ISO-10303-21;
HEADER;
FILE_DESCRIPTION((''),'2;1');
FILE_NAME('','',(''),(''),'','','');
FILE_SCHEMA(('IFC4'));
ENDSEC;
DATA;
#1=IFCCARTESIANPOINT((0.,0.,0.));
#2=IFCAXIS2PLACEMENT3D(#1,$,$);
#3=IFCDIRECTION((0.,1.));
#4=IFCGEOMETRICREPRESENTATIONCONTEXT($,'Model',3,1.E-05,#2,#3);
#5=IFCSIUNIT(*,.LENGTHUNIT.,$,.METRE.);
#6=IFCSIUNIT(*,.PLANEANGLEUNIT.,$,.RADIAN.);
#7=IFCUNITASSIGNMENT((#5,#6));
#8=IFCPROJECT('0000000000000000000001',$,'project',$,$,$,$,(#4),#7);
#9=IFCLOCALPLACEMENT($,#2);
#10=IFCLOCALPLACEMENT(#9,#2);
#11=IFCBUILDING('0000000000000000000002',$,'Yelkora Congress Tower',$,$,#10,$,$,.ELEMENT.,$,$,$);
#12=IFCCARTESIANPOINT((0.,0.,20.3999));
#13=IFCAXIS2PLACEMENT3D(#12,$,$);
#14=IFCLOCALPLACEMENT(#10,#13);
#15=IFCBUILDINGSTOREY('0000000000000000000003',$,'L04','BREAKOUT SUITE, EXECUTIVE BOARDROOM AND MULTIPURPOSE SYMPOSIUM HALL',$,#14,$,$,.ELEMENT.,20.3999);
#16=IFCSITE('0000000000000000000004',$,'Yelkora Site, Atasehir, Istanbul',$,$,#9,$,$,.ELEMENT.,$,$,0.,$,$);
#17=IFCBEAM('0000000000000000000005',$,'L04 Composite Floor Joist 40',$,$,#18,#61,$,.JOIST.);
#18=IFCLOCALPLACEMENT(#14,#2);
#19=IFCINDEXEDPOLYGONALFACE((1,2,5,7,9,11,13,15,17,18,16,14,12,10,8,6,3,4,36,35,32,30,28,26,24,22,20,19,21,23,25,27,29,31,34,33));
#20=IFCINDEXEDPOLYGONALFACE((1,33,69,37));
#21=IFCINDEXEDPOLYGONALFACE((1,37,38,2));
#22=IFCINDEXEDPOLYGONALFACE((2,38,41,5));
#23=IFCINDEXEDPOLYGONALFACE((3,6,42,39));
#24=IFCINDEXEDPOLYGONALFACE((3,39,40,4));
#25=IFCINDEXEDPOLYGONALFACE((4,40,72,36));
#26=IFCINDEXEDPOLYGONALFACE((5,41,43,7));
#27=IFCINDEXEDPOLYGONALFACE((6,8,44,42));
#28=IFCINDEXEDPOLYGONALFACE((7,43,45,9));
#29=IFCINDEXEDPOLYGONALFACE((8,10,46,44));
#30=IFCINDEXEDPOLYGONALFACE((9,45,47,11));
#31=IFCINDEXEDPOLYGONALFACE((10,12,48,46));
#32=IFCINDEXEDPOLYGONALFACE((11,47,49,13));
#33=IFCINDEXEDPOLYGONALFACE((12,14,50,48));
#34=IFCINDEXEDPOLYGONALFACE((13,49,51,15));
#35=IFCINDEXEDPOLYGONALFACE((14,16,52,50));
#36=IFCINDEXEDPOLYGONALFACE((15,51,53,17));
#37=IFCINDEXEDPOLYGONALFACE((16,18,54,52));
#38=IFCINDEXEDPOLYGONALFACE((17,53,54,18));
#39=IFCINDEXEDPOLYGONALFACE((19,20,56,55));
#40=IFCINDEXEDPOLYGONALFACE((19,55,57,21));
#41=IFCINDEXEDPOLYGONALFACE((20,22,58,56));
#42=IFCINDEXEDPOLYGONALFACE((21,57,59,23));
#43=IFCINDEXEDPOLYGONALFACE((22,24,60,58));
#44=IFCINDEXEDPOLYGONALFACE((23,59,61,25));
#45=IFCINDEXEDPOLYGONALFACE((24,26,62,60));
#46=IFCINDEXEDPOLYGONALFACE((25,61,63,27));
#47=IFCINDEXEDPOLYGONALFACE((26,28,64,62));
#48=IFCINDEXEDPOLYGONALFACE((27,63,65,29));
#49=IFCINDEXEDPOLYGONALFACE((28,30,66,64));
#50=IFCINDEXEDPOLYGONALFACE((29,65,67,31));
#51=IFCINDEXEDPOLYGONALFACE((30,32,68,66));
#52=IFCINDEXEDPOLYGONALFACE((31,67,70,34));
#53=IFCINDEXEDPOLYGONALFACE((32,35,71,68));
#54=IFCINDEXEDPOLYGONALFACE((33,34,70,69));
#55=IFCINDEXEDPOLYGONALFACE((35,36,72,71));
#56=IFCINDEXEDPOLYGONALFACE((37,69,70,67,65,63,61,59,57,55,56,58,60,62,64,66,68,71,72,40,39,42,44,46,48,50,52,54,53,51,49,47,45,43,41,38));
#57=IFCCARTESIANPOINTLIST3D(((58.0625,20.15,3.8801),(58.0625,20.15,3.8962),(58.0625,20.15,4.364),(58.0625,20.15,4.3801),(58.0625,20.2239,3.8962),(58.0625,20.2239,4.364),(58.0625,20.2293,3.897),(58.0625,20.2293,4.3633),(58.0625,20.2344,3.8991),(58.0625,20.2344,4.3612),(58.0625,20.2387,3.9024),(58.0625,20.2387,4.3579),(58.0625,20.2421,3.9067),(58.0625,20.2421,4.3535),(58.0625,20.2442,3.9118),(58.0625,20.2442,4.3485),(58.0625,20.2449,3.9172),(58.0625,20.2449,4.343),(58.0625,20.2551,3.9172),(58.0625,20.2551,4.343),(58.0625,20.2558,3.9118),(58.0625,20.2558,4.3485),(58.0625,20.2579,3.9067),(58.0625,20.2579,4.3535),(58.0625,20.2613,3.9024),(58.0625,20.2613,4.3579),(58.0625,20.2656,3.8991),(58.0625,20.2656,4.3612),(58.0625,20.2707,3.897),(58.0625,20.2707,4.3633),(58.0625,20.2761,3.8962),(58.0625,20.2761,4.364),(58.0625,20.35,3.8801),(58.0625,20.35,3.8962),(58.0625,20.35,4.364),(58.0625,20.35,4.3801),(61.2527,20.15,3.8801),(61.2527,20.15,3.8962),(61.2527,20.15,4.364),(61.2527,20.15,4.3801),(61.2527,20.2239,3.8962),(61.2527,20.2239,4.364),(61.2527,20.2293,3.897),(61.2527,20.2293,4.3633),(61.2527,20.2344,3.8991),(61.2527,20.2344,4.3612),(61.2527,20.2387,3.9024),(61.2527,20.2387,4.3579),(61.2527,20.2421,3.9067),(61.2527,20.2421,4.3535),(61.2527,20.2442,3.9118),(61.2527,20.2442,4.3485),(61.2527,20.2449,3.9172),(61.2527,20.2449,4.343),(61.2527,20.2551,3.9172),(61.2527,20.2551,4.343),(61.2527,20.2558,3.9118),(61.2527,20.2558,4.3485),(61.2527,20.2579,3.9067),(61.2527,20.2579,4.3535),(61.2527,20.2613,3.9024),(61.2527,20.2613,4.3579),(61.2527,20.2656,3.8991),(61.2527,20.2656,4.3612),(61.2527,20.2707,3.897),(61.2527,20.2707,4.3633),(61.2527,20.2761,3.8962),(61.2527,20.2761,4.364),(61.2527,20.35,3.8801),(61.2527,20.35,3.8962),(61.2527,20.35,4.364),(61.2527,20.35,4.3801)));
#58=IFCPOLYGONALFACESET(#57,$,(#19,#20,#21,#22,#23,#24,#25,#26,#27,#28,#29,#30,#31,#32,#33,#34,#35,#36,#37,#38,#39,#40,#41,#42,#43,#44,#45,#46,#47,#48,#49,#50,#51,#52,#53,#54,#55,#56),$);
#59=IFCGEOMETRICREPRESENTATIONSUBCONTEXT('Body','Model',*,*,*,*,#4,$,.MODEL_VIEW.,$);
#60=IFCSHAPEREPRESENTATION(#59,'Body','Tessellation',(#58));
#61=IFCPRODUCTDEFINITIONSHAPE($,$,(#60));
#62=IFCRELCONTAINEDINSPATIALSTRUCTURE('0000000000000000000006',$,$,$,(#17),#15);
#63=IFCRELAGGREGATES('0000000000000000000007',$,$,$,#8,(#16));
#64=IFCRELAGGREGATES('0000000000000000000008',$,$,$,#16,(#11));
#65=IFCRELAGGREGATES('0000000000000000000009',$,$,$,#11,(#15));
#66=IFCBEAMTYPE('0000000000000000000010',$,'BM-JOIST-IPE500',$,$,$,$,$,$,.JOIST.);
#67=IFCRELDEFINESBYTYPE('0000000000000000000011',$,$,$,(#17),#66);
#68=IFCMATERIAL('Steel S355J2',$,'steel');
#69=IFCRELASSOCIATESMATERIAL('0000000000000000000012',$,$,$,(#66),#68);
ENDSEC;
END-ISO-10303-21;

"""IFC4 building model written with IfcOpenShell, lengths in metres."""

from ifc_helpers import new_model, si_unit, direction, frame, origin, origin_2d, place, context, subcontext, project, spatial, i_section, extrude, material, material_profile, profile_set, type_object, element, save


model = new_model("IFC4")

# Units and contexts
model_context = context("Model", 3, precision=1e-05, world=origin(), true_north=direction((0.0, 1.0)))
body_context = subcontext(model_context, "Body", "Model", "MODEL_VIEW")
ifc_project = project(units=[si_unit("LENGTHUNIT", "METRE"), si_unit("PLANEANGLEUNIT", "RADIAN")], contexts=[model_context])

# Site, building, storey
site_placement = place(None, origin())
site = spatial("IfcSite", under=ifc_project, at=site_placement, Name="Yelkora Site, Atasehir, Istanbul", CompositionType="ELEMENT", RefElevation=0.0)
building_placement = place(site_placement, origin())
building = spatial("IfcBuilding", under=site, at=building_placement, Name="Yelkora Congress Tower", CompositionType="ELEMENT")
storey_placement = place(building_placement, frame((0.0, 0.0, 20.3999)))
storey = spatial("IfcBuildingStorey", under=building, at=storey_placement, Name="L04", Description="BREAKOUT SUITE, EXECUTIVE BOARDROOM AND MULTIPURPOSE SYMPOSIUM HALL", CompositionType="ELEMENT", Elevation=20.3999)

# Beam
ifc_material_1 = material(Name="Steel S355J2", Category="steel")
ifc_material_profile_1 = material_profile(ifc_material_1, i_section(OverallWidth=0.2, OverallDepth=0.5, WebThickness=0.0103, FlangeThickness=0.0161, FilletRadius=0.021, at=origin_2d()), Name="IPE 500")
ifc_profile_set_1 = profile_set([ifc_material_profile_1], Name="Steel S355J2")
beam_type_1 = type_object("IfcBeamType", Name="BM-JOIST-IPE500", PredefinedType="JOIST", material=ifc_profile_set_1)
beam_1_placement = place(storey_placement, frame((58.0625, 20.25, 4.1301), z_axis=(1.0, 0.0, 0.0), x_axis=(0.0, 1.0, 0.0)))
element("IfcBeam", 1, at=beam_1_placement, inside=storey, type_object=beam_type_1, Name="L04 Composite Floor Joist 40", PredefinedType="JOIST", context=body_context, shape_type="SweptSolid", body=[
    extrude(i_section(OverallWidth=0.2, OverallDepth=0.5, WebThickness=0.0103, FlangeThickness=0.0161, FilletRadius=0.021, at=origin_2d()), origin(), (0.0, 0.0, 1.0), 3.1902),
])

save(model, "model.ifc")
